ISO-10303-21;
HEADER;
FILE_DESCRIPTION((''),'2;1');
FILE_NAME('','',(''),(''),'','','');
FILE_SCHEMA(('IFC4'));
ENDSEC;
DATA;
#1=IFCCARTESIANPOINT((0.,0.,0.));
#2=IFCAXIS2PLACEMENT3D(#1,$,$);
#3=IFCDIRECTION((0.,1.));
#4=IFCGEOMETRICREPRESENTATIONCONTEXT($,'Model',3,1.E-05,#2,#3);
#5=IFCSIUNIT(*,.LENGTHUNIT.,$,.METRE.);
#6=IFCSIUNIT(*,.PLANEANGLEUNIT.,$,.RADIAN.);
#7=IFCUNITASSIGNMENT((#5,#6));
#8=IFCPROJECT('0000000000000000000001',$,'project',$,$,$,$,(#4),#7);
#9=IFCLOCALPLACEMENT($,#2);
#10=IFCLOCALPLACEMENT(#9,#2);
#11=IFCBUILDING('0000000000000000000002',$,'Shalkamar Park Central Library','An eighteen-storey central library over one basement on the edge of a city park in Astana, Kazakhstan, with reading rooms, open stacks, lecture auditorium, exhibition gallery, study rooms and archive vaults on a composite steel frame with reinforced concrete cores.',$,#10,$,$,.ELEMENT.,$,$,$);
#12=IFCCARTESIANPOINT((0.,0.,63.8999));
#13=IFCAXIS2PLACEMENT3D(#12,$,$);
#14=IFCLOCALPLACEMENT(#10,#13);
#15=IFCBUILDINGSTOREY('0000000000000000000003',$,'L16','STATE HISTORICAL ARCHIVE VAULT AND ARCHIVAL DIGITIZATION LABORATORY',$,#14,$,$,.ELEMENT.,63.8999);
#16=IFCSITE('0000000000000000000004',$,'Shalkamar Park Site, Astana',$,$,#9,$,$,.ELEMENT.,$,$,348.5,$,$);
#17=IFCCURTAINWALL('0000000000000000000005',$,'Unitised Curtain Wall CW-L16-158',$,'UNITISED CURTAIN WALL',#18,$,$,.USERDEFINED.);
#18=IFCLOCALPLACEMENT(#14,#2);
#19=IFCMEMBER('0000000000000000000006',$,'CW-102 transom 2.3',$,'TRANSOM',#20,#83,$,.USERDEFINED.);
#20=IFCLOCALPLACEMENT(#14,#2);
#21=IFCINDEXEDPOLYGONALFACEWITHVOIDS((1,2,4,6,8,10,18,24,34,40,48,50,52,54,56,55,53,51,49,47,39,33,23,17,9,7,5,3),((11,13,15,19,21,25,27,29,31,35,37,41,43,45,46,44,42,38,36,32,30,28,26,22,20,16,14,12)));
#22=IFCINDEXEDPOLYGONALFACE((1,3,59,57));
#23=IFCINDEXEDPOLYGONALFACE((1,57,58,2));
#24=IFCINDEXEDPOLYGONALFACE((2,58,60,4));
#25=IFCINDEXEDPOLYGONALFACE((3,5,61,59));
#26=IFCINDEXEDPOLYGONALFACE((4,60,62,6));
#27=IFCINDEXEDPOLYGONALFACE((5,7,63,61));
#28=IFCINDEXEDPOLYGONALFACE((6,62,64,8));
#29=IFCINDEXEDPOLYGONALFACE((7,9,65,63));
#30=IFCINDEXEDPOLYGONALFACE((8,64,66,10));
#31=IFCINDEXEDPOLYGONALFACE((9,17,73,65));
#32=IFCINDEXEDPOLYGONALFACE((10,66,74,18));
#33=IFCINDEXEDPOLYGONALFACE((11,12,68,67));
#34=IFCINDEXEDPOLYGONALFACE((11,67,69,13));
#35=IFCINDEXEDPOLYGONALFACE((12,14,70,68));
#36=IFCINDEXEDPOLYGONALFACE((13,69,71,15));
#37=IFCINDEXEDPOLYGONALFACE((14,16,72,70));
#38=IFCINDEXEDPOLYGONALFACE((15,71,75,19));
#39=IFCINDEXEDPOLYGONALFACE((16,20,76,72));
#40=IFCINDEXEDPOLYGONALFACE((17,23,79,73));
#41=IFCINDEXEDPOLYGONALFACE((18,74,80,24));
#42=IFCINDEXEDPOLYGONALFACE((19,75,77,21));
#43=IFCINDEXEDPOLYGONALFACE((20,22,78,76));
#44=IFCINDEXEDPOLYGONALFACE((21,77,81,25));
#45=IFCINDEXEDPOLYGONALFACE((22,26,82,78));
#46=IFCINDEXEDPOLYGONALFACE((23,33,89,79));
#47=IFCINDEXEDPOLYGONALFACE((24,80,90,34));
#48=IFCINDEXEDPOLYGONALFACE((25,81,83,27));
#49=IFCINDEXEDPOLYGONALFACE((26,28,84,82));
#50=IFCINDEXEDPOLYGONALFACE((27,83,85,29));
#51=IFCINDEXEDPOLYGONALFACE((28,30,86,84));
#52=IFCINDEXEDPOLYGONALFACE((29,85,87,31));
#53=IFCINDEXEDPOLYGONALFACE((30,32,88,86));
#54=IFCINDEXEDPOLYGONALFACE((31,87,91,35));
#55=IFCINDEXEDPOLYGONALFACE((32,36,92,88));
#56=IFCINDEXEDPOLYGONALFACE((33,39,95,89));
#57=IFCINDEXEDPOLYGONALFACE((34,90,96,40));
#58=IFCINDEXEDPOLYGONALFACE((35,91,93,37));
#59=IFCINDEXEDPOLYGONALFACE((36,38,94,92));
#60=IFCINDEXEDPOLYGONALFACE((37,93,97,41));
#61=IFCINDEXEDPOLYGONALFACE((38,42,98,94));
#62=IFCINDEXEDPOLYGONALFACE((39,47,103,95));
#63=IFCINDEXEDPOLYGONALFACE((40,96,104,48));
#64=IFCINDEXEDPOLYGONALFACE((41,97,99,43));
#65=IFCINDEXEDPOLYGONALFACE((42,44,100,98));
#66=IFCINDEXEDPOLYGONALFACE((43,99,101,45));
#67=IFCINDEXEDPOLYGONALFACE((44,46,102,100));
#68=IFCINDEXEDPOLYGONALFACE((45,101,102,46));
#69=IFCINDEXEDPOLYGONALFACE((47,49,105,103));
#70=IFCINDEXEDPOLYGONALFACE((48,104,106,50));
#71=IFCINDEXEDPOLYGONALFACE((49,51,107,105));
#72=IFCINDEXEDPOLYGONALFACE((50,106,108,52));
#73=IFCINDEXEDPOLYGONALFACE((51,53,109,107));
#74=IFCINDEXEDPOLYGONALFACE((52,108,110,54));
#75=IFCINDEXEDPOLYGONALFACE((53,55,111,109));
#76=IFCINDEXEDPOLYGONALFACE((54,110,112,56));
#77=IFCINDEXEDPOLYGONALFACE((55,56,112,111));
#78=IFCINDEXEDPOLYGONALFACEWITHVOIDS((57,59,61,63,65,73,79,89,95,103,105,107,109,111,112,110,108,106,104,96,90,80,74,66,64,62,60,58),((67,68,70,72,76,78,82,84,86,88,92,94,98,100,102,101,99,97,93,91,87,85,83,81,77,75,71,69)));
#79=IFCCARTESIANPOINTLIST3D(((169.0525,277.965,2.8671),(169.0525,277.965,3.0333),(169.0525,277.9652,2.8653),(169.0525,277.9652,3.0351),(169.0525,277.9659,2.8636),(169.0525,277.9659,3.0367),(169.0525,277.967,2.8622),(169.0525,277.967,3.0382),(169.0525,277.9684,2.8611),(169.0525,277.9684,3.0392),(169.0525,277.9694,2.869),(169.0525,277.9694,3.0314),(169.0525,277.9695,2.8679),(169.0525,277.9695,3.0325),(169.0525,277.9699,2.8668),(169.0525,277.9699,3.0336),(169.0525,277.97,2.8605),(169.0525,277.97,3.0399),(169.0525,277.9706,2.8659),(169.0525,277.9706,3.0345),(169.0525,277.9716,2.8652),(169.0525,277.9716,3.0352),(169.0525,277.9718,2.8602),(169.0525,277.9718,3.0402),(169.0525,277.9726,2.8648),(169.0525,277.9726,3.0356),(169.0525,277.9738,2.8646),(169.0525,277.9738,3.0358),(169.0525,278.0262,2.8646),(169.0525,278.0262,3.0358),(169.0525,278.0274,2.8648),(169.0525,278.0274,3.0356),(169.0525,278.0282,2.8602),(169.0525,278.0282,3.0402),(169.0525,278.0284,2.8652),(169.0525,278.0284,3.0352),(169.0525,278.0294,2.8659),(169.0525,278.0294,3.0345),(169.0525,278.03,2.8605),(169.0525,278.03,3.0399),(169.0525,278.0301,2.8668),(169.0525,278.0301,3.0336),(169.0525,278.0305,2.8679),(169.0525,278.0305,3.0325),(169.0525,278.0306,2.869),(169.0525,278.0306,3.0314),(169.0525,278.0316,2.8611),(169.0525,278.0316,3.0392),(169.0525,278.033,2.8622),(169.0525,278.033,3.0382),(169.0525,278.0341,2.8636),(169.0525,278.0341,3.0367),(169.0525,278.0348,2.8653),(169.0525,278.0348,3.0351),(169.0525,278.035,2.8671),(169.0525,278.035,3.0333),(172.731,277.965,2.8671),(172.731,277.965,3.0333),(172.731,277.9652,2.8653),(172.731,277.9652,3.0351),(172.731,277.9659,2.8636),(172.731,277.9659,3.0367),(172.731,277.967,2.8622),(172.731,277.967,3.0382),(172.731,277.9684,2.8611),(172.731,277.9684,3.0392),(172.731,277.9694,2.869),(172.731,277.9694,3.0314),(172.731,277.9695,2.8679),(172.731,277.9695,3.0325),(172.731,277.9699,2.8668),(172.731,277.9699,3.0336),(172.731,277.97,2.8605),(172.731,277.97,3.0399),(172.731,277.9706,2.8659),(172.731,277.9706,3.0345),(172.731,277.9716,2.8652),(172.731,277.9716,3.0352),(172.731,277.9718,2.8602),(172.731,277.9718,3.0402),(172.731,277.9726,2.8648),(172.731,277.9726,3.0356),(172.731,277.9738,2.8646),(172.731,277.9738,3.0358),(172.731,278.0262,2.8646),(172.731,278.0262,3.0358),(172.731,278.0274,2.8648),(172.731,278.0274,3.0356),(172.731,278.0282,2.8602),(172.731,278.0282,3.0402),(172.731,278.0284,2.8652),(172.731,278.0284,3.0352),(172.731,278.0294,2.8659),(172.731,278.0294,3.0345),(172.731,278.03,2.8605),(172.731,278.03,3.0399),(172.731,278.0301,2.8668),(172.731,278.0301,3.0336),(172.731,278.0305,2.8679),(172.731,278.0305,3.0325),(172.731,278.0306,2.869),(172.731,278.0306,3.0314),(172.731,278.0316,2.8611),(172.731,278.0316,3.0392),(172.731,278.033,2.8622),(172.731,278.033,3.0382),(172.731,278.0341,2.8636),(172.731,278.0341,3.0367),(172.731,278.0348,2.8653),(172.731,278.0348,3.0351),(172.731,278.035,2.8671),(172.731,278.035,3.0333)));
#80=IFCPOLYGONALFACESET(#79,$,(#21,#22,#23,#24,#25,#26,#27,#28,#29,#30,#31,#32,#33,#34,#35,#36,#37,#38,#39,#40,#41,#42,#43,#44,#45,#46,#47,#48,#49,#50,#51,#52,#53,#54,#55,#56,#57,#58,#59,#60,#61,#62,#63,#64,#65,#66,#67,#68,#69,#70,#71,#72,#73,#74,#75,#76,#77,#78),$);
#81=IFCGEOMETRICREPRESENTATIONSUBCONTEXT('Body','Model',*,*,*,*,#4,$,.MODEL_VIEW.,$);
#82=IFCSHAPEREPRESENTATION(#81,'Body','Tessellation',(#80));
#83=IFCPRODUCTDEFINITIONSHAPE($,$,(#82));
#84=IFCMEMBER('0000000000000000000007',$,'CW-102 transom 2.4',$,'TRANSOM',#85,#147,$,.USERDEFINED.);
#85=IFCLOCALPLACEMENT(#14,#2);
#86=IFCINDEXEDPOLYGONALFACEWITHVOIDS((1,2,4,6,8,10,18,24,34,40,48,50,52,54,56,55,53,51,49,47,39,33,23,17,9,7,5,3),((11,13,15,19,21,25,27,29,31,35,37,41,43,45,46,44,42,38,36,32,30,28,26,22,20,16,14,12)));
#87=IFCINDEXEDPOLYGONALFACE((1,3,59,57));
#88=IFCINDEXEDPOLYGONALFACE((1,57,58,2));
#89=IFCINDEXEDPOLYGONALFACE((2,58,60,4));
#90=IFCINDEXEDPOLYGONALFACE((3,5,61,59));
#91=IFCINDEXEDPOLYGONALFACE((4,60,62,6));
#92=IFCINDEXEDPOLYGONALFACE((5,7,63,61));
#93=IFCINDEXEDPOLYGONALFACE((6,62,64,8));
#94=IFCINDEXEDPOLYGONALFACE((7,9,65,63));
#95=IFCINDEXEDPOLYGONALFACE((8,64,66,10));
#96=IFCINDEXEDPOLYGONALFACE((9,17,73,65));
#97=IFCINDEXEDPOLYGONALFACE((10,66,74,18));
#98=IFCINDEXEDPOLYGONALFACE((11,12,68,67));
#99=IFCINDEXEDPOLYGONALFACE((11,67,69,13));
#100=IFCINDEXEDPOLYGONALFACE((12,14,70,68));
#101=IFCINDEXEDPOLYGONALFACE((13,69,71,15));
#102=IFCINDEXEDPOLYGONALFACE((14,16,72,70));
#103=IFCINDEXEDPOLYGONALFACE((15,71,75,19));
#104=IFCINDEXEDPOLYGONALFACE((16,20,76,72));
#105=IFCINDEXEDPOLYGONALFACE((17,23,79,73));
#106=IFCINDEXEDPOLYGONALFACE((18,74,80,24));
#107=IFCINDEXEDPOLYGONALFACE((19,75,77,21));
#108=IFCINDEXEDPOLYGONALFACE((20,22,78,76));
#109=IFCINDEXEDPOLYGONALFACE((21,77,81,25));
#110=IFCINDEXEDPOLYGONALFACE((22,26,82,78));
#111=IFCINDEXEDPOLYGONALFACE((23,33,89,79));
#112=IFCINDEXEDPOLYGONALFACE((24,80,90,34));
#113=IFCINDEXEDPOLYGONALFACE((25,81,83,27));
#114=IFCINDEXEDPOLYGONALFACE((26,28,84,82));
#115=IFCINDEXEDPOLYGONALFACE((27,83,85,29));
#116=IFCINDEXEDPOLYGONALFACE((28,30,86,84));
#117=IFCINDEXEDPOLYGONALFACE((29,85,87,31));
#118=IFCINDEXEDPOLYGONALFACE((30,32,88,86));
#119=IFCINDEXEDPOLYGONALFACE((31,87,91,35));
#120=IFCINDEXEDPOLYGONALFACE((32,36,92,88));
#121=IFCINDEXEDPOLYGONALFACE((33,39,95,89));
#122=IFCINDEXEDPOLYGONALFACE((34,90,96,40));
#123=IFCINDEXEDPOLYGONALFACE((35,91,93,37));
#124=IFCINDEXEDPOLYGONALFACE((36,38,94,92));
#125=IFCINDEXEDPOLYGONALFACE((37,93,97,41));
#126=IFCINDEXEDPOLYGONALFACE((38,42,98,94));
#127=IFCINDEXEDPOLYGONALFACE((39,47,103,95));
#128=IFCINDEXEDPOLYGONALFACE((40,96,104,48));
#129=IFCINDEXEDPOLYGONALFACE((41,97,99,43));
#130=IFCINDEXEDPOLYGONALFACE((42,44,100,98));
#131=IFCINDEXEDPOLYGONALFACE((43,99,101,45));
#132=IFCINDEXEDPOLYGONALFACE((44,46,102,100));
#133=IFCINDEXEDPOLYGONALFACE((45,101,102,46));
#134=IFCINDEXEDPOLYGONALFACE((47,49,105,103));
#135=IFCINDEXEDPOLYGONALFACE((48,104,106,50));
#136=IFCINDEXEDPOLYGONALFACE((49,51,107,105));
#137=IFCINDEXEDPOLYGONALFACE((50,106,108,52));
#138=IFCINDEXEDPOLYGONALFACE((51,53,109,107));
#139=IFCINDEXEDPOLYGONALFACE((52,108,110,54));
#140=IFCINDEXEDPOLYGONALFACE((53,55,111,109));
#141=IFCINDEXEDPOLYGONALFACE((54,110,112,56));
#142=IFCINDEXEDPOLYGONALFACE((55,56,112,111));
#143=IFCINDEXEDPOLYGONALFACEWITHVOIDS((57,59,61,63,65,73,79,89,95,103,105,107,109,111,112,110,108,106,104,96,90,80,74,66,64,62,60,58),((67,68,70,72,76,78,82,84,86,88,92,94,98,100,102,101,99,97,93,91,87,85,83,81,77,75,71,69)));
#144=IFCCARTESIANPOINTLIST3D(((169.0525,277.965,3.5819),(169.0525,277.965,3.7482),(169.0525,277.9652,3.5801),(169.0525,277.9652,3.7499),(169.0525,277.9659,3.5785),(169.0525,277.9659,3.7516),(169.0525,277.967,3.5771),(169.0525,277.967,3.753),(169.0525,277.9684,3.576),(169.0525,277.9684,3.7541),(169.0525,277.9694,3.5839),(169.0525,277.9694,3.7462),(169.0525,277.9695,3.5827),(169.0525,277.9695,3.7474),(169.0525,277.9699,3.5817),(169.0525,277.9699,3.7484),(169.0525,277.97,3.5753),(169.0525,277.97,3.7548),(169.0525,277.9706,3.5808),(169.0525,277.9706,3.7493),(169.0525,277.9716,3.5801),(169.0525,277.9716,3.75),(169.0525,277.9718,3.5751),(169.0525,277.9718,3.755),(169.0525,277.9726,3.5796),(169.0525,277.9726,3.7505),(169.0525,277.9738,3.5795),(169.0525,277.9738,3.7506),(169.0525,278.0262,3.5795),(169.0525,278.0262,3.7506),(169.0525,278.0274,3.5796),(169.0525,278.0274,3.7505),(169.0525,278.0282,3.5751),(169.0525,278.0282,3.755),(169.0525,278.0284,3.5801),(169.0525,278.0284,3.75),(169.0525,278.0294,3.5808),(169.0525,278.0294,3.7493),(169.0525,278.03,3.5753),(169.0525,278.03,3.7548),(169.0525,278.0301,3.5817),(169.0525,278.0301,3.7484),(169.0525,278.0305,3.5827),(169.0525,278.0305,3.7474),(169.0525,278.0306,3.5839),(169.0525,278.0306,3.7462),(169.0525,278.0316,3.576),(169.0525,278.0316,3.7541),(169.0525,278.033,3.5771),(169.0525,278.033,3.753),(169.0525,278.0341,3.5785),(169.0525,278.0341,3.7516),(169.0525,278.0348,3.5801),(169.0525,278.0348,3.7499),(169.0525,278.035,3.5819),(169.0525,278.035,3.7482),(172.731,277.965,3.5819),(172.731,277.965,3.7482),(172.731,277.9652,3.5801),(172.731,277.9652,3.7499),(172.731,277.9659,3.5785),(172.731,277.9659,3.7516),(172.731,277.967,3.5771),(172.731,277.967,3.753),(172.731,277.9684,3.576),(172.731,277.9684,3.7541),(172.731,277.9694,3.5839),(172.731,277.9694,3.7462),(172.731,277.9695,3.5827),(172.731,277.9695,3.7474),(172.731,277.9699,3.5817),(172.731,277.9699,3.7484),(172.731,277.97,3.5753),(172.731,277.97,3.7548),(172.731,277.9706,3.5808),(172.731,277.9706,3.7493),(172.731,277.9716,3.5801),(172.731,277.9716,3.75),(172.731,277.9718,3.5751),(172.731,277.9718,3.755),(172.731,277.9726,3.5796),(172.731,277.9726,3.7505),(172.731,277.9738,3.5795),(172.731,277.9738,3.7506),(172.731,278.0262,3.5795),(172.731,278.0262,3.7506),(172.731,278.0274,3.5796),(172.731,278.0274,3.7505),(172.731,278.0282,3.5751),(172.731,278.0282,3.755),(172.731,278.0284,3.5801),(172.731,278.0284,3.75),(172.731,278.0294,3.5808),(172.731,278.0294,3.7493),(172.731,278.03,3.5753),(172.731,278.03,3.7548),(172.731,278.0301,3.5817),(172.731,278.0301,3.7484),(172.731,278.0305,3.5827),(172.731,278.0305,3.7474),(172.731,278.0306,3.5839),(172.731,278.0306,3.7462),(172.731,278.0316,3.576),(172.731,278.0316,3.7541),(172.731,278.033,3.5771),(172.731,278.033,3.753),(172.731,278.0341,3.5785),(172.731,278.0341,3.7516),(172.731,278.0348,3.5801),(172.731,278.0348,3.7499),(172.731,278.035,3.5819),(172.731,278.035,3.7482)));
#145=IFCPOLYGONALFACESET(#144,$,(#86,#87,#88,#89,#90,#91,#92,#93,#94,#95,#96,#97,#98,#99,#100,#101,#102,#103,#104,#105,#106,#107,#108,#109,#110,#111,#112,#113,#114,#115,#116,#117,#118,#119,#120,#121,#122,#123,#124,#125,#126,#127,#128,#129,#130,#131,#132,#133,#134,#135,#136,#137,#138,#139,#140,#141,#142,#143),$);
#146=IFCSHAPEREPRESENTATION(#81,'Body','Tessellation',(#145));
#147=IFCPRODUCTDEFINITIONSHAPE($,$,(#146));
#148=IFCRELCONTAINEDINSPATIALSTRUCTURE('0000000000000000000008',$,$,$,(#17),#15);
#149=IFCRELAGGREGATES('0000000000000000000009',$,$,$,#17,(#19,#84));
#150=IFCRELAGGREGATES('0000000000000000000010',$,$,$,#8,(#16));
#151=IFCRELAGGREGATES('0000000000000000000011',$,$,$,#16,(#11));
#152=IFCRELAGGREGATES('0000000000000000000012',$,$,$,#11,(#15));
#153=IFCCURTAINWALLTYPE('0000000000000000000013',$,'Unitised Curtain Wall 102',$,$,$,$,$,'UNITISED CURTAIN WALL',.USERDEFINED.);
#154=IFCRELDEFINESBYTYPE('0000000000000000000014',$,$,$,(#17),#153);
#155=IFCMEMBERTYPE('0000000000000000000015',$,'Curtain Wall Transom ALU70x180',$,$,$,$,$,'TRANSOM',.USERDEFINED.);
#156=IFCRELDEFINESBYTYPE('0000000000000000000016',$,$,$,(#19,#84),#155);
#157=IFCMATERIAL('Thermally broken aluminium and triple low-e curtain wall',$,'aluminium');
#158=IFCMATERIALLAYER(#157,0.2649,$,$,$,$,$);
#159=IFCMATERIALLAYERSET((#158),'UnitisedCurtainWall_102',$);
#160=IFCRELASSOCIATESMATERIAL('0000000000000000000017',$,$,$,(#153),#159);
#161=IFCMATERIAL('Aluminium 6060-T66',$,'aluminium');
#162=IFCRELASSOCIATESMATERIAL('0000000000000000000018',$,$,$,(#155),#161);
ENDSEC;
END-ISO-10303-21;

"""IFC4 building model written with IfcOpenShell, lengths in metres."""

from ifc_helpers import new_model, si_unit, direction, frame, origin, origin_2d, place, context, subcontext, project, spatial, hollow_rectangle, extrude, material, layer, layer_set, material_profile, profile_set, type_object, element, aggregate, save


model = new_model("IFC4")

# Units and contexts
model_context = context("Model", 3, precision=1e-05, world=origin(), true_north=direction((0.0, 1.0)))
body_context = subcontext(model_context, "Body", "Model", "MODEL_VIEW")
ifc_project = project(units=[si_unit("LENGTHUNIT", "METRE"), si_unit("PLANEANGLEUNIT", "RADIAN")], contexts=[model_context])

# Site, building, storey
site_placement = place(None, origin())
site = spatial("IfcSite", under=ifc_project, at=site_placement, Name="Shalkamar Park Site, Astana", CompositionType="ELEMENT", RefElevation=348.5)
building_placement = place(site_placement, origin())
building = spatial("IfcBuilding", under=site, at=building_placement, Name="Shalkamar Park Central Library", Description="An eighteen-storey central library over one basement on the edge of a city park in Astana, Kazakhstan, with reading rooms, open stacks, lecture auditorium, exhibition gallery, study rooms and archive vaults on a composite steel frame with reinforced concrete cores.", CompositionType="ELEMENT")
storey_placement = place(building_placement, frame((0.0, 0.0, 63.8999)))
storey = spatial("IfcBuildingStorey", under=building, at=storey_placement, Name="L16", Description="STATE HISTORICAL ARCHIVE VAULT AND ARCHIVAL DIGITIZATION LABORATORY", CompositionType="ELEMENT", Elevation=63.8999)

# Curtain wall
ifc_material_1 = material(Name="Thermally broken aluminium and triple low-e curtain wall", Category="aluminium")
ifc_layer_1 = layer(ifc_material_1, 0.2649)
ifc_layer_set_1 = layer_set([ifc_layer_1], Name="UnitisedCurtainWall_102")
curtain_wall_type_1 = type_object("IfcCurtainWallType", Name="Unitised Curtain Wall 102", ElementType="UNITISED CURTAIN WALL", PredefinedType="USERDEFINED", material=ifc_layer_set_1)
curtain_wall_1_placement = place(storey_placement, origin())
curtain_wall_1 = element("IfcCurtainWall", 1, at=curtain_wall_1_placement, inside=storey, type_object=curtain_wall_type_1, Name="Unitised Curtain Wall CW-L16-158", ObjectType="UNITISED CURTAIN WALL", PredefinedType="USERDEFINED")
ifc_material_2 = material(Name="Aluminium 6060-T66", Category="aluminium")

# Members
ifc_material_profile_1 = material_profile(ifc_material_2, hollow_rectangle(XDim=0.0701, YDim=0.1799, WallThickness=0.0044, InnerFilletRadius=0.0044, OuterFilletRadius=0.0068, at=origin_2d()), Name="ALU 70x180x4.5")
ifc_profile_set_1 = profile_set([ifc_material_profile_1], Name="Aluminium 6060-T66")
member_type_1 = type_object("IfcMemberType", Name="Curtain Wall Transom ALU70x180", ElementType="TRANSOM", PredefinedType="USERDEFINED", material=ifc_profile_set_1)
member_1_placement = place(storey_placement, frame((169.0525, 278.0, 2.9502), z_axis=(1.0, 0.0, 0.0), x_axis=(0.0, 1.0, 0.0)))
member_1 = element("IfcMember", 2, at=member_1_placement, type_object=member_type_1, Name="CW-102 transom 2.3", ObjectType="TRANSOM", PredefinedType="USERDEFINED", context=body_context, shape_type="SweptSolid", body=[
    extrude(hollow_rectangle(XDim=0.0701, YDim=0.1799, WallThickness=0.0044, InnerFilletRadius=0.0044, OuterFilletRadius=0.0068, at=origin_2d()), origin(), (0.0, 0.0, 1.0), 3.6785),
])
member_2_placement = place(storey_placement, frame((169.0525, 278.0, 3.665), z_axis=(1.0, 0.0, 0.0), x_axis=(0.0, 1.0, 0.0)))
member_2 = element("IfcMember", 3, at=member_2_placement, type_object=member_type_1, Name="CW-102 transom 2.4", ObjectType="TRANSOM", PredefinedType="USERDEFINED", context=body_context, shape_type="SweptSolid", body=[
    extrude(hollow_rectangle(XDim=0.0701, YDim=0.1799, WallThickness=0.0044, InnerFilletRadius=0.0044, OuterFilletRadius=0.0068, at=origin_2d()), origin(), (0.0, 0.0, 1.0), 3.6785),
])

aggregate(curtain_wall_1, [member_1, member_2])

save(model, "model.ifc")
